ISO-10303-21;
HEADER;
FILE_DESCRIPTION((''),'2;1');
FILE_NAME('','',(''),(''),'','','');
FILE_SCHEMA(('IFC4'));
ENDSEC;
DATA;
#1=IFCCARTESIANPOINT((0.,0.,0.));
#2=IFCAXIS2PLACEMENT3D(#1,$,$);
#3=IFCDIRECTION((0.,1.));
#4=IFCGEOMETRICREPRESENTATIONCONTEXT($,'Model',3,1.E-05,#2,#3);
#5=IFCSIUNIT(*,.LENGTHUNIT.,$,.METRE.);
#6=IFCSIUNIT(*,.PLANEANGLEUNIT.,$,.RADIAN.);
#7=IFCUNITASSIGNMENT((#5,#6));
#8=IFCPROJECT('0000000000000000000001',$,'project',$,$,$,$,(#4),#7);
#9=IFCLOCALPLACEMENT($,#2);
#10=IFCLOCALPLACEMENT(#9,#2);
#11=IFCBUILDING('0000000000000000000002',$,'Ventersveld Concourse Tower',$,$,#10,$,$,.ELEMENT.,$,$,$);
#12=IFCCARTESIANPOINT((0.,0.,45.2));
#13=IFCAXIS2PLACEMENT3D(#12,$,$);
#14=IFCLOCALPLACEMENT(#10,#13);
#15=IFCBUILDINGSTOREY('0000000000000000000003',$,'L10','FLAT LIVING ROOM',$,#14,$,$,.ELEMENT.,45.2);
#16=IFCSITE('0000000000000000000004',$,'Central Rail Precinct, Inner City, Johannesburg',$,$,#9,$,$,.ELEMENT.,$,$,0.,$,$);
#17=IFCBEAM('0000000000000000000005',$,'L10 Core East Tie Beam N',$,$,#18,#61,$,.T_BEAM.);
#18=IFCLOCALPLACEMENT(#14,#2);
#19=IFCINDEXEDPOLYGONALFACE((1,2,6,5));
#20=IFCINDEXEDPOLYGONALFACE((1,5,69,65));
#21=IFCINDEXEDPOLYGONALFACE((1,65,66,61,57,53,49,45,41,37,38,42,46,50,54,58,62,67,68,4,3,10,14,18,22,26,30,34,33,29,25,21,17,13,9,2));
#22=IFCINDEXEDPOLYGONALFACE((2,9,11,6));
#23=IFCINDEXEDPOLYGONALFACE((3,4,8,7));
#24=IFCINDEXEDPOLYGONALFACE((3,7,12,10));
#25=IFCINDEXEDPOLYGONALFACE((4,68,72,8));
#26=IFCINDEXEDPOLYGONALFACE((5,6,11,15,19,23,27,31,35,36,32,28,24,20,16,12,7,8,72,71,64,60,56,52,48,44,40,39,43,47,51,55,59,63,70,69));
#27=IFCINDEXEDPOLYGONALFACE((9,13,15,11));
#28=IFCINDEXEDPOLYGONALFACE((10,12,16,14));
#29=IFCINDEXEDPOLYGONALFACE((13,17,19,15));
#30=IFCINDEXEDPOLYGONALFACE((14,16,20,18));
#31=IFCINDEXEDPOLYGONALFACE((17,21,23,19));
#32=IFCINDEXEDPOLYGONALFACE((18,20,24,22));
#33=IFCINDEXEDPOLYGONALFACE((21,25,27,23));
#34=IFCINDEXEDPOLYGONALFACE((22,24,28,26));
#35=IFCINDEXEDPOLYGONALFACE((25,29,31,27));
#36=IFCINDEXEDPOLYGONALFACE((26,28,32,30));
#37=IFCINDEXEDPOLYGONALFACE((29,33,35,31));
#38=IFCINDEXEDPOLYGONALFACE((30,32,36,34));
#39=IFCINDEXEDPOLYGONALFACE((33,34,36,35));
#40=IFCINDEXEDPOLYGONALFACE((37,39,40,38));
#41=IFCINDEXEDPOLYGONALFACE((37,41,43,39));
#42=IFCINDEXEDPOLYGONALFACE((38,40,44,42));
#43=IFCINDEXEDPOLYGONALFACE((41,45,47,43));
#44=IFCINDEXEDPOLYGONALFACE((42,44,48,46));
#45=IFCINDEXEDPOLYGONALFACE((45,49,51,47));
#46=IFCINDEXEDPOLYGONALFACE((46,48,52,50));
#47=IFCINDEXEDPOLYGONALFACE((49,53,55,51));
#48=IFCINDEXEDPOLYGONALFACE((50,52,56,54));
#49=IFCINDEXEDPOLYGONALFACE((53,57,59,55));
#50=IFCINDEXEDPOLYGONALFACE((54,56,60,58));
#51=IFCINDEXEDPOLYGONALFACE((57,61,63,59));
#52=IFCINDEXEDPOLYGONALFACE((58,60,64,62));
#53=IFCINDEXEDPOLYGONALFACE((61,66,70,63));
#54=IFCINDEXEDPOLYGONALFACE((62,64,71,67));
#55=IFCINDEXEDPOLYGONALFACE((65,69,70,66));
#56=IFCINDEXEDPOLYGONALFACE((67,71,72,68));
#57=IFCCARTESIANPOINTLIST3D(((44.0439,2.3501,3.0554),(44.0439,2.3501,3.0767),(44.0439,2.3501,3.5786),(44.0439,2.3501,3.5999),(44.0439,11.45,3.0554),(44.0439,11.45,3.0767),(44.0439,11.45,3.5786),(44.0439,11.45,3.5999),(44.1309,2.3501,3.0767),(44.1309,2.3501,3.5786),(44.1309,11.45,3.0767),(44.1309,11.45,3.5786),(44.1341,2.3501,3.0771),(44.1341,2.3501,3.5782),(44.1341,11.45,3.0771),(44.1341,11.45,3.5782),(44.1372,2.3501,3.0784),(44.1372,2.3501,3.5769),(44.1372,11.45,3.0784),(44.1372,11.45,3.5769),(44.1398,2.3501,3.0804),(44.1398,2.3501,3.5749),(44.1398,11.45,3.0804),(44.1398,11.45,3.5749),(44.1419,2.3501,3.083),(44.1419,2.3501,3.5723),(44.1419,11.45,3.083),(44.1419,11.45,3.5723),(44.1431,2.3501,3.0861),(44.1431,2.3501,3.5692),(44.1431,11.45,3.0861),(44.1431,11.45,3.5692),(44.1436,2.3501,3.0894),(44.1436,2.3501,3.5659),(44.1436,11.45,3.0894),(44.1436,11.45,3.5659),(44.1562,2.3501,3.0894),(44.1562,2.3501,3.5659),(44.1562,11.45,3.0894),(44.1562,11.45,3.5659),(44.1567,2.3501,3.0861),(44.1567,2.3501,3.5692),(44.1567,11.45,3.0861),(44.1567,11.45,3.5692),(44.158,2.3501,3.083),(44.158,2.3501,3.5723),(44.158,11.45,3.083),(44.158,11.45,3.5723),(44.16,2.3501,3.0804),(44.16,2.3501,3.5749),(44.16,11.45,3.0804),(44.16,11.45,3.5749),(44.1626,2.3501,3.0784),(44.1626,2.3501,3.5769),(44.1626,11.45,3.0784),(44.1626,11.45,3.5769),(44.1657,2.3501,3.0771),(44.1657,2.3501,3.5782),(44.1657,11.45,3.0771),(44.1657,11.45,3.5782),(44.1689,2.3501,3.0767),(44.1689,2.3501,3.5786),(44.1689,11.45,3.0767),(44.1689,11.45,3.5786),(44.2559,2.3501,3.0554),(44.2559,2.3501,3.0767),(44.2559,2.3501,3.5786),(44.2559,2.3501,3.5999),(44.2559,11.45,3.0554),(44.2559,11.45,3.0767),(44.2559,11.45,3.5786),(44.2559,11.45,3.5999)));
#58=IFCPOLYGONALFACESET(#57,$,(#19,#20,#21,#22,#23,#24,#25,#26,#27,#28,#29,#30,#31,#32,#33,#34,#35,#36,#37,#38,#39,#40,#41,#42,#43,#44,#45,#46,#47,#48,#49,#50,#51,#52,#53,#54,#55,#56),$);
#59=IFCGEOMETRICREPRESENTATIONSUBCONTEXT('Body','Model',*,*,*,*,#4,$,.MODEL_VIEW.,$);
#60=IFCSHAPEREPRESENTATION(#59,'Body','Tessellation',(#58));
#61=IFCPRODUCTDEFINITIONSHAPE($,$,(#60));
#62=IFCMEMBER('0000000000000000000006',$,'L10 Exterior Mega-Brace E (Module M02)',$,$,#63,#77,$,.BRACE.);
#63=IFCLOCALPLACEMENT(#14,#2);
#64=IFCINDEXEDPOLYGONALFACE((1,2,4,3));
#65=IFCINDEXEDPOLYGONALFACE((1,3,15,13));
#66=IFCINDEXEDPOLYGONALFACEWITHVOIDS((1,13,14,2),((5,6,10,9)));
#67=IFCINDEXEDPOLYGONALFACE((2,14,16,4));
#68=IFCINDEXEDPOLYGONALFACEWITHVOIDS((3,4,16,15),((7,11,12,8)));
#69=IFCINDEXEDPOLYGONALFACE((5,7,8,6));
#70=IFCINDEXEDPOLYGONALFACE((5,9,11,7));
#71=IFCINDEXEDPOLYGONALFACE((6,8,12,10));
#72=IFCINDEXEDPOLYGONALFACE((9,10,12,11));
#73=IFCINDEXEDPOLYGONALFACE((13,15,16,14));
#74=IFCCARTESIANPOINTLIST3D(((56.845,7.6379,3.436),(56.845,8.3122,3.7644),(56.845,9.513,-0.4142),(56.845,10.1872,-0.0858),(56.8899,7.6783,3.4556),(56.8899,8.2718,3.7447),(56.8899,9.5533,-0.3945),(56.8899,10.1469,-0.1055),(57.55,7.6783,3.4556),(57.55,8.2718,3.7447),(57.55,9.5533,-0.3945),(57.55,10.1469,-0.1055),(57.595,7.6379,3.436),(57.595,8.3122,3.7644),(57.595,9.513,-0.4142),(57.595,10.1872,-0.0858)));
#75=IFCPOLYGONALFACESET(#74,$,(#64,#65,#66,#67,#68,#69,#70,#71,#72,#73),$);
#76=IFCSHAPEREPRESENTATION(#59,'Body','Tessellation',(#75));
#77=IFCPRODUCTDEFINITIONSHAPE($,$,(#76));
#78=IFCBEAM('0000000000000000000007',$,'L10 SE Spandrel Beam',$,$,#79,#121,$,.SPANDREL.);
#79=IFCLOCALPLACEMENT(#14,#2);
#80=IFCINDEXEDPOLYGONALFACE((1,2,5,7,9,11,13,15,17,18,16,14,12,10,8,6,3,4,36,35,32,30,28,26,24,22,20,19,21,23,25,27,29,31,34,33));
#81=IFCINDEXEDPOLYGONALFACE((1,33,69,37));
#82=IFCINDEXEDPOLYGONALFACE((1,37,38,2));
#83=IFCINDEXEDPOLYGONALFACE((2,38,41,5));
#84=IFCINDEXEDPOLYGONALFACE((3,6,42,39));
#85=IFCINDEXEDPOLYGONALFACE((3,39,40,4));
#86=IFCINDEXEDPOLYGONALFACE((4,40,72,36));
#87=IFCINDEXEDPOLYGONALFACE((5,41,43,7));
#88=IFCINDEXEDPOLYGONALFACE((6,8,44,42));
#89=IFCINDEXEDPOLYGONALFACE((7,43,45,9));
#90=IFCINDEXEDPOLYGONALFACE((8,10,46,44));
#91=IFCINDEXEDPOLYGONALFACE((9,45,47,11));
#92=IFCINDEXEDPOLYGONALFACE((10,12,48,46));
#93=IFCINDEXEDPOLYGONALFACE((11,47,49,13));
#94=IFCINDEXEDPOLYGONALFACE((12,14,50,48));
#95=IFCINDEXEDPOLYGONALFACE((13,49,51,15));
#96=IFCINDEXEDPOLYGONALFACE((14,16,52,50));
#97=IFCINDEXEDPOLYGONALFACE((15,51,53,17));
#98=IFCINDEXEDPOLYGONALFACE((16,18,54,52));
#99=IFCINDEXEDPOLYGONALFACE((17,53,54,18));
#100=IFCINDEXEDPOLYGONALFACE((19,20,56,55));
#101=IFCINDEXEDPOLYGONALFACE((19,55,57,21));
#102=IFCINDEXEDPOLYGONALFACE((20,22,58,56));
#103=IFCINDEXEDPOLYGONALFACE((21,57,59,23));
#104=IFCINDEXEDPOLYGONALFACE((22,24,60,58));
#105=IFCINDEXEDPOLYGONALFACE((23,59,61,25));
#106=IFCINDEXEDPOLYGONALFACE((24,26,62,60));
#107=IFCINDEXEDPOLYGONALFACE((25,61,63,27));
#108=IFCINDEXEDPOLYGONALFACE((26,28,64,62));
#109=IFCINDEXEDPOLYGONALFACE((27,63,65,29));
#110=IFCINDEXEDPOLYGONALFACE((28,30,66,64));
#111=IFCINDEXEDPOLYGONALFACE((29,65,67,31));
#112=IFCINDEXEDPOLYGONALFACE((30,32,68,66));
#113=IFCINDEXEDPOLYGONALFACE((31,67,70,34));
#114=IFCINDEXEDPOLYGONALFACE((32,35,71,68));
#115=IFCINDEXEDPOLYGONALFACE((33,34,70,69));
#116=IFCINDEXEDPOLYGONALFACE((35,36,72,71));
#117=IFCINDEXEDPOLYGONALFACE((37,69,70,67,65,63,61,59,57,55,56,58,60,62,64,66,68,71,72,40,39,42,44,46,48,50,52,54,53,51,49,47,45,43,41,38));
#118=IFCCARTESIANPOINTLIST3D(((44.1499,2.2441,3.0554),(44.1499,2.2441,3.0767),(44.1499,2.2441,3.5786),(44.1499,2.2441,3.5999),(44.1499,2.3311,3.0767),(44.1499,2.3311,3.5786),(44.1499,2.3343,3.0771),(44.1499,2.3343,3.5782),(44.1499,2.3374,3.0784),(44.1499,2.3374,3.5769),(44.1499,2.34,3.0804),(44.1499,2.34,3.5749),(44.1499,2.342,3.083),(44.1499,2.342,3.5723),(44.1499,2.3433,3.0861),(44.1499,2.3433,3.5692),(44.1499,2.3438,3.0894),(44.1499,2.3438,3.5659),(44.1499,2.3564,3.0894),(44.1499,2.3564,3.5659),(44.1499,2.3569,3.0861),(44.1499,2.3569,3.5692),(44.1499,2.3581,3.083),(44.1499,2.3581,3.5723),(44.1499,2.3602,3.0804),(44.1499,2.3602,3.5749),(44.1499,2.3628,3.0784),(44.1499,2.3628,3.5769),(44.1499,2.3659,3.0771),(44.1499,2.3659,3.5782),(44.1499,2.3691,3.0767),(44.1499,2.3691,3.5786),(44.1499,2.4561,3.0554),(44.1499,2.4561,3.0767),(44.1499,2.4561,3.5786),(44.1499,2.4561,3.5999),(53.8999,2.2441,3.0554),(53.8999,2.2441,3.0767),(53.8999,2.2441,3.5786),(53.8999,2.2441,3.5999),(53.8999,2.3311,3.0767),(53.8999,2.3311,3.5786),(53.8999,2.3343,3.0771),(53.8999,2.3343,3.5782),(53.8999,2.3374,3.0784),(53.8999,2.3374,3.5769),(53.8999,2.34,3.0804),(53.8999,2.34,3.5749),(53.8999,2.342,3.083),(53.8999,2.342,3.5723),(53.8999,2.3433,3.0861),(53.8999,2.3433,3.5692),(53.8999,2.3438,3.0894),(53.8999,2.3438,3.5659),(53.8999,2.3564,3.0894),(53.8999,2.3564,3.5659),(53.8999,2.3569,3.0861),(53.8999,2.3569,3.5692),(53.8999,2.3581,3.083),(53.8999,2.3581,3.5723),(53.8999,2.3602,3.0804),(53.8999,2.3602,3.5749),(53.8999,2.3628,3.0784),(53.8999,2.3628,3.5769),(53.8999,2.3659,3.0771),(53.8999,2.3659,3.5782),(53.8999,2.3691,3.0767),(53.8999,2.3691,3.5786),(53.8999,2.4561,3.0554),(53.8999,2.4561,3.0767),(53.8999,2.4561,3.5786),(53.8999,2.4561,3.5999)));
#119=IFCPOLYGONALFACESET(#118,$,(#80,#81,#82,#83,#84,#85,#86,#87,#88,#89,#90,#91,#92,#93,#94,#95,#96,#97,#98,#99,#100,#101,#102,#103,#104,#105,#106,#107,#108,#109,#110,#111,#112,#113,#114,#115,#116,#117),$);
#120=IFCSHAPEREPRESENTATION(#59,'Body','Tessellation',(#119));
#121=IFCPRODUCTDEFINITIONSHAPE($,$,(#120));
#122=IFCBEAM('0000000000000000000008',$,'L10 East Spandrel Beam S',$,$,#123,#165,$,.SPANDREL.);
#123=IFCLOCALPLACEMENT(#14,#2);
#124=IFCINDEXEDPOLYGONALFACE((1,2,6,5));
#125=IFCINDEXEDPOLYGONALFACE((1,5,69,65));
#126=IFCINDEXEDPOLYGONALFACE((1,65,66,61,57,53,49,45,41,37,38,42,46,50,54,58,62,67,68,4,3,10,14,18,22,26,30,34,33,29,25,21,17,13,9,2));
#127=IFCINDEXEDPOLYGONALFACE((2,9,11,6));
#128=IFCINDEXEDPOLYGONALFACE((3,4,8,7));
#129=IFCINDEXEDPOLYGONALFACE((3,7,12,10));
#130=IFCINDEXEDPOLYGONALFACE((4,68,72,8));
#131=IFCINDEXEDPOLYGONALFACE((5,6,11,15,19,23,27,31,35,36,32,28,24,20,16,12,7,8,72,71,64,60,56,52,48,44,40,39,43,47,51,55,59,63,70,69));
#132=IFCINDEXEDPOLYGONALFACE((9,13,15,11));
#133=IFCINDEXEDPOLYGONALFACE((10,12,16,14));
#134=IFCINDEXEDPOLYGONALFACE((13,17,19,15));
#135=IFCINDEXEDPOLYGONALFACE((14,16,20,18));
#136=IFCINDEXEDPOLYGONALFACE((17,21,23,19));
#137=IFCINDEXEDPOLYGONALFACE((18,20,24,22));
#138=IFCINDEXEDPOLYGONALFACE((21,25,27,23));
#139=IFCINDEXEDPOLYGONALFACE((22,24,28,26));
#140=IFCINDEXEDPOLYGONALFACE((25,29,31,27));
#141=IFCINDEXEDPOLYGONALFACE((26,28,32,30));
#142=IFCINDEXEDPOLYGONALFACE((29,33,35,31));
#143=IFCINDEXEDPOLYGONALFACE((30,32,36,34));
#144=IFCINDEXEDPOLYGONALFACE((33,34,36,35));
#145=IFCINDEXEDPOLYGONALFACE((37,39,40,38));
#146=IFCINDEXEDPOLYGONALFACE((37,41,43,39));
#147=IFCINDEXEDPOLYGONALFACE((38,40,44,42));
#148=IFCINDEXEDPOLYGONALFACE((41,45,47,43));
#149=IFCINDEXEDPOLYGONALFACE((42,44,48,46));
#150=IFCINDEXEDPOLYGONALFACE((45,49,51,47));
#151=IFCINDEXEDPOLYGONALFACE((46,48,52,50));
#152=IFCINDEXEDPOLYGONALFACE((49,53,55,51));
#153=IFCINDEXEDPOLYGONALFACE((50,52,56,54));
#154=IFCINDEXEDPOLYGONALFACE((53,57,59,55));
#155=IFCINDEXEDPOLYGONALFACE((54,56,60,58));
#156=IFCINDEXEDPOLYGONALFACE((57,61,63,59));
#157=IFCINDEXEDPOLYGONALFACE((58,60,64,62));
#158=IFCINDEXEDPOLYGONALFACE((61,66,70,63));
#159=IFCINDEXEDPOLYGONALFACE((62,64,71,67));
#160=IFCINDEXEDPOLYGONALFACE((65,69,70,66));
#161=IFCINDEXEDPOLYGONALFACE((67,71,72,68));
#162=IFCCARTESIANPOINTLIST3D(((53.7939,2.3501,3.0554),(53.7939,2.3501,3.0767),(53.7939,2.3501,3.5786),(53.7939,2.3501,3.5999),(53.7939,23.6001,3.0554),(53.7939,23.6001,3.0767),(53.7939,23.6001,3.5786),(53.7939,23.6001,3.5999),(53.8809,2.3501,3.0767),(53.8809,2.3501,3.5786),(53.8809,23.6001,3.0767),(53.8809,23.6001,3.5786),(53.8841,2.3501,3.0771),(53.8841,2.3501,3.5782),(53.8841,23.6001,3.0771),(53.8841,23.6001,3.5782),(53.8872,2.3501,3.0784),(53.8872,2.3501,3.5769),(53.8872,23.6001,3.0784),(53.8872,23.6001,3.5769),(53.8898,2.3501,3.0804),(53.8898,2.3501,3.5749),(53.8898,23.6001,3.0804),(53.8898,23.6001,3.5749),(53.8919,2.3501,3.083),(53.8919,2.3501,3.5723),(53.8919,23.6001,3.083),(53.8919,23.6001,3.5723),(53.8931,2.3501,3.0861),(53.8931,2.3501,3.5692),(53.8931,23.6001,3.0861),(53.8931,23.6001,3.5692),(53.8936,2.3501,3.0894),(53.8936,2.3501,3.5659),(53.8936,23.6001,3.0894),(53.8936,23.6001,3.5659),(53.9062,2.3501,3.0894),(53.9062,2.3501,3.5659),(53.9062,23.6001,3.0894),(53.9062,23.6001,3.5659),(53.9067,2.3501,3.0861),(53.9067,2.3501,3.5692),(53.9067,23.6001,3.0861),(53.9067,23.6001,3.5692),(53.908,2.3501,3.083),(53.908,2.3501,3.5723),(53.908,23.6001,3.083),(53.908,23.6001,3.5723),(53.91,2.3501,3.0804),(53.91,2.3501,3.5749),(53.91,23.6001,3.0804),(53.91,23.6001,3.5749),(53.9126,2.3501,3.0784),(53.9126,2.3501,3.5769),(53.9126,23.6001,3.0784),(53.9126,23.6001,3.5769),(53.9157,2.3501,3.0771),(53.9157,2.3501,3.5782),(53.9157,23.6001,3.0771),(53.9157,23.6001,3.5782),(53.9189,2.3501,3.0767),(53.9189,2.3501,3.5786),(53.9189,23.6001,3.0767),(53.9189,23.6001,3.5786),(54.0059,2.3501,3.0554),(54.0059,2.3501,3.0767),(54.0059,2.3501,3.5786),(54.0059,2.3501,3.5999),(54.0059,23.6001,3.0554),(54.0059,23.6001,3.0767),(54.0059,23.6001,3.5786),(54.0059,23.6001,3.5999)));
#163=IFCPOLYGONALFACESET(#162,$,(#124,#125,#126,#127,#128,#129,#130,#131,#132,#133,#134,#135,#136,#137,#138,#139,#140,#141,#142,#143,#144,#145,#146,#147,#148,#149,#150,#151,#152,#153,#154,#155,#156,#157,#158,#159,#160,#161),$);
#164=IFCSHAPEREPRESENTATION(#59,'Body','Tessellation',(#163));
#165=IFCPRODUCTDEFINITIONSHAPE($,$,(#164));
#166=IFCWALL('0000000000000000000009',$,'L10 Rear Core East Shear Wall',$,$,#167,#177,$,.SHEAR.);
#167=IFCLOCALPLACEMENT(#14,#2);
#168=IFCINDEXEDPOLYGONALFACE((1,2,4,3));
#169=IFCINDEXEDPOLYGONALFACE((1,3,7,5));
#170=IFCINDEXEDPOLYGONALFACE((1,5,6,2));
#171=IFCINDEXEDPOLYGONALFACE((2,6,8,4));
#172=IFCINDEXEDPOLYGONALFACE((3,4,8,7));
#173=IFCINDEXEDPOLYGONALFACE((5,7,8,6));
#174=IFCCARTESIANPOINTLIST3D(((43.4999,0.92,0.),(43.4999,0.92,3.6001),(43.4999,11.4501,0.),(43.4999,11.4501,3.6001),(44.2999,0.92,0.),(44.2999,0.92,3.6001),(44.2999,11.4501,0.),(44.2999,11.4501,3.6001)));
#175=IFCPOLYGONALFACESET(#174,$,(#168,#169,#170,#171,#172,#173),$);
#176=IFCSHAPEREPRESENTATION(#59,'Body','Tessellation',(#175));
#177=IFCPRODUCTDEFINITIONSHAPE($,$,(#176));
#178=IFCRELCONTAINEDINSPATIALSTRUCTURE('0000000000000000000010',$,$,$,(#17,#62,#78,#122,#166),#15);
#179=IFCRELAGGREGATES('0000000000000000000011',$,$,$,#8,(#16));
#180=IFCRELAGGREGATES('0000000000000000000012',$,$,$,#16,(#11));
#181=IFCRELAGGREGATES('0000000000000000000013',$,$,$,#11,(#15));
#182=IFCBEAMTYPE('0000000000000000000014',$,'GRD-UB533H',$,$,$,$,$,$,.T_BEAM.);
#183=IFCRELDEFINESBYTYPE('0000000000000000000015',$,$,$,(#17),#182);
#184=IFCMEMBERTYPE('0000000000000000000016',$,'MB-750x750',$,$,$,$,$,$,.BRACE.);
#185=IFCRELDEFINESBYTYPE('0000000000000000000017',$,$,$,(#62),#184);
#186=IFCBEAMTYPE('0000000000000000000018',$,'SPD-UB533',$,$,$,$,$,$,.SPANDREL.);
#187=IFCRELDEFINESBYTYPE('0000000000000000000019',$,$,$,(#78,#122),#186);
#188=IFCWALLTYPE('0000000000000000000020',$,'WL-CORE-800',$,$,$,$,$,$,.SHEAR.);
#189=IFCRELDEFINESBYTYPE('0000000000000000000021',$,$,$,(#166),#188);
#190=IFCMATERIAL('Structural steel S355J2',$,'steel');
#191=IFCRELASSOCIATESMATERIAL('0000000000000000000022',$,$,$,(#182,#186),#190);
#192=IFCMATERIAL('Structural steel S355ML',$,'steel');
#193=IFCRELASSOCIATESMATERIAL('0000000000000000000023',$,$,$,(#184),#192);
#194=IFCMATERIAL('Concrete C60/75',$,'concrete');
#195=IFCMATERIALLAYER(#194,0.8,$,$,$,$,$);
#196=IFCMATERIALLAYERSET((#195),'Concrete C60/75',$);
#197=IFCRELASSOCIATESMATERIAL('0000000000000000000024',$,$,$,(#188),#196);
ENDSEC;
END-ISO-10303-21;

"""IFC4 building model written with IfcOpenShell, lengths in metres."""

from ifc_helpers import new_model, si_unit, direction, frame, frame_2d, origin, origin_2d, place, context, subcontext, project, spatial, rectangle, hollow_rectangle, i_section, extrude, material, layer, layer_set, material_profile, profile_set, type_object, element, save


model = new_model("IFC4")

# Units and contexts
model_context = context("Model", 3, precision=1e-05, world=origin(), true_north=direction((0.0, 1.0)))
body_context = subcontext(model_context, "Body", "Model", "MODEL_VIEW")
ifc_project = project(units=[si_unit("LENGTHUNIT", "METRE"), si_unit("PLANEANGLEUNIT", "RADIAN")], contexts=[model_context])

# Site, building, storey
site_placement = place(None, origin())
site = spatial("IfcSite", under=ifc_project, at=site_placement, Name="Central Rail Precinct, Inner City, Johannesburg", CompositionType="ELEMENT", RefElevation=0.0)
building_placement = place(site_placement, origin())
building = spatial("IfcBuilding", under=site, at=building_placement, Name="Ventersveld Concourse Tower", CompositionType="ELEMENT")
storey_placement = place(building_placement, frame((0.0, 0.0, 45.2)))
storey = spatial("IfcBuildingStorey", under=building, at=storey_placement, Name="L10", Description="FLAT LIVING ROOM", CompositionType="ELEMENT", Elevation=45.2)

# Beam
ifc_material_1 = material(Name="Structural steel S355J2", Category="steel")
ifc_material_profile_1 = material_profile(ifc_material_1, i_section(OverallWidth=0.2119, OverallDepth=0.5444, WebThickness=0.0127, FlangeThickness=0.0212, FilletRadius=0.0127, at=origin_2d()), Name="UB 533x210x122")
ifc_profile_set_1 = profile_set([ifc_material_profile_1], Name="Structural steel S355J2")
beam_type_1 = type_object("IfcBeamType", Name="GRD-UB533H", PredefinedType="T_BEAM", material=ifc_profile_set_1)
beam_1_placement = place(storey_placement, frame((44.1499, 2.3501, 3.3276), z_axis=(0.0, 1.0, 0.0), x_axis=(-1.0, 0.0, 0.0)))
element("IfcBeam", 1, at=beam_1_placement, inside=storey, type_object=beam_type_1, Name="L10 Core East Tie Beam N", PredefinedType="T_BEAM", context=body_context, shape_type="SweptSolid", body=[
    extrude(i_section(OverallWidth=0.2119, OverallDepth=0.5444, WebThickness=0.0127, FlangeThickness=0.0212, FilletRadius=0.0127, at=origin_2d()), origin(), (0.0, 0.0, 1.0), 9.0999),
])

# Member
ifc_material_2 = material(Name="Structural steel S355ML", Category="steel")
ifc_material_profile_2 = material_profile(ifc_material_2, hollow_rectangle(XDim=0.75, YDim=0.75, WallThickness=0.0449, at=origin_2d()), Name="BOX 750x750x45")
ifc_profile_set_2 = profile_set([ifc_material_profile_2], Name="Structural steel S355ML")
member_type = type_object("IfcMemberType", Name="MB-750x750", PredefinedType="BRACE", material=ifc_profile_set_2)
member_placement = place(storey_placement, frame((57.22, 9.8501, -0.25), z_axis=(0.0, -0.437839, 0.899053), x_axis=(1.0, 0.0, 0.0)))
element("IfcMember", 2, at=member_placement, inside=storey, type_object=member_type, Name="L10 Exterior Mega-Brace E (Module M02)", PredefinedType="BRACE", context=body_context, shape_type="SweptSolid", body=[
    extrude(hollow_rectangle(XDim=0.75, YDim=0.75, WallThickness=0.0449, at=origin_2d()), origin(), (0.0, 0.0, 1.0), 4.2825),
])

# Beams
ifc_material_profile_3 = material_profile(ifc_material_1, i_section(OverallWidth=0.2119, OverallDepth=0.5444, WebThickness=0.0127, FlangeThickness=0.0212, FilletRadius=0.0127, at=origin_2d()), Name="UB 533x210x122")
ifc_profile_set_3 = profile_set([ifc_material_profile_3], Name="Structural steel S355J2")
beam_type_2 = type_object("IfcBeamType", Name="SPD-UB533", PredefinedType="SPANDREL", material=ifc_profile_set_3)
beam_2_placement = place(storey_placement, frame((44.1499, 2.3501, 3.3276), z_axis=(1.0, 0.0, 0.0), x_axis=(0.0, 1.0, 0.0)))
element("IfcBeam", 3, at=beam_2_placement, inside=storey, type_object=beam_type_2, Name="L10 SE Spandrel Beam", PredefinedType="SPANDREL", context=body_context, shape_type="SweptSolid", body=[
    extrude(i_section(OverallWidth=0.2119, OverallDepth=0.5444, WebThickness=0.0127, FlangeThickness=0.0212, FilletRadius=0.0127, at=origin_2d()), origin(), (0.0, 0.0, 1.0), 9.75),
])
beam_3_placement = place(storey_placement, frame((53.8999, 2.3501, 3.3276), z_axis=(0.0, 1.0, 0.0), x_axis=(-1.0, 0.0, 0.0)))
element("IfcBeam", 4, at=beam_3_placement, inside=storey, type_object=beam_type_2, Name="L10 East Spandrel Beam S", PredefinedType="SPANDREL", context=body_context, shape_type="SweptSolid", body=[
    extrude(i_section(OverallWidth=0.2119, OverallDepth=0.5444, WebThickness=0.0127, FlangeThickness=0.0212, FilletRadius=0.0127, at=origin_2d()), origin(), (0.0, 0.0, 1.0), 21.25),
])

# Wall
ifc_material_3 = material(Name="Concrete C60/75", Category="concrete")
ifc_layer_1 = layer(ifc_material_3, 0.8)
ifc_layer_set_1 = layer_set([ifc_layer_1], Name="Concrete C60/75")
wall_type_1 = type_object("IfcWallType", Name="WL-CORE-800", PredefinedType="SHEAR", material=ifc_layer_set_1)
wall_1_placement = place(storey_placement, frame((43.8999, 0.9199, 0.0), z_axis=(0.0, 0.0, 1.0), x_axis=(0.0, 1.0, 0.0)))
element("IfcWall", 5, at=wall_1_placement, inside=storey, type_object=wall_type_1, Name="L10 Rear Core East Shear Wall", PredefinedType="SHEAR", context=body_context, shape_type="SweptSolid", body=[
    extrude(rectangle(XDim=10.53, YDim=0.8, at=frame_2d((5.2651, 0.0))), origin(), (0.0, 0.0, 1.0), 3.6001),
])

save(model, "model.ifc")
